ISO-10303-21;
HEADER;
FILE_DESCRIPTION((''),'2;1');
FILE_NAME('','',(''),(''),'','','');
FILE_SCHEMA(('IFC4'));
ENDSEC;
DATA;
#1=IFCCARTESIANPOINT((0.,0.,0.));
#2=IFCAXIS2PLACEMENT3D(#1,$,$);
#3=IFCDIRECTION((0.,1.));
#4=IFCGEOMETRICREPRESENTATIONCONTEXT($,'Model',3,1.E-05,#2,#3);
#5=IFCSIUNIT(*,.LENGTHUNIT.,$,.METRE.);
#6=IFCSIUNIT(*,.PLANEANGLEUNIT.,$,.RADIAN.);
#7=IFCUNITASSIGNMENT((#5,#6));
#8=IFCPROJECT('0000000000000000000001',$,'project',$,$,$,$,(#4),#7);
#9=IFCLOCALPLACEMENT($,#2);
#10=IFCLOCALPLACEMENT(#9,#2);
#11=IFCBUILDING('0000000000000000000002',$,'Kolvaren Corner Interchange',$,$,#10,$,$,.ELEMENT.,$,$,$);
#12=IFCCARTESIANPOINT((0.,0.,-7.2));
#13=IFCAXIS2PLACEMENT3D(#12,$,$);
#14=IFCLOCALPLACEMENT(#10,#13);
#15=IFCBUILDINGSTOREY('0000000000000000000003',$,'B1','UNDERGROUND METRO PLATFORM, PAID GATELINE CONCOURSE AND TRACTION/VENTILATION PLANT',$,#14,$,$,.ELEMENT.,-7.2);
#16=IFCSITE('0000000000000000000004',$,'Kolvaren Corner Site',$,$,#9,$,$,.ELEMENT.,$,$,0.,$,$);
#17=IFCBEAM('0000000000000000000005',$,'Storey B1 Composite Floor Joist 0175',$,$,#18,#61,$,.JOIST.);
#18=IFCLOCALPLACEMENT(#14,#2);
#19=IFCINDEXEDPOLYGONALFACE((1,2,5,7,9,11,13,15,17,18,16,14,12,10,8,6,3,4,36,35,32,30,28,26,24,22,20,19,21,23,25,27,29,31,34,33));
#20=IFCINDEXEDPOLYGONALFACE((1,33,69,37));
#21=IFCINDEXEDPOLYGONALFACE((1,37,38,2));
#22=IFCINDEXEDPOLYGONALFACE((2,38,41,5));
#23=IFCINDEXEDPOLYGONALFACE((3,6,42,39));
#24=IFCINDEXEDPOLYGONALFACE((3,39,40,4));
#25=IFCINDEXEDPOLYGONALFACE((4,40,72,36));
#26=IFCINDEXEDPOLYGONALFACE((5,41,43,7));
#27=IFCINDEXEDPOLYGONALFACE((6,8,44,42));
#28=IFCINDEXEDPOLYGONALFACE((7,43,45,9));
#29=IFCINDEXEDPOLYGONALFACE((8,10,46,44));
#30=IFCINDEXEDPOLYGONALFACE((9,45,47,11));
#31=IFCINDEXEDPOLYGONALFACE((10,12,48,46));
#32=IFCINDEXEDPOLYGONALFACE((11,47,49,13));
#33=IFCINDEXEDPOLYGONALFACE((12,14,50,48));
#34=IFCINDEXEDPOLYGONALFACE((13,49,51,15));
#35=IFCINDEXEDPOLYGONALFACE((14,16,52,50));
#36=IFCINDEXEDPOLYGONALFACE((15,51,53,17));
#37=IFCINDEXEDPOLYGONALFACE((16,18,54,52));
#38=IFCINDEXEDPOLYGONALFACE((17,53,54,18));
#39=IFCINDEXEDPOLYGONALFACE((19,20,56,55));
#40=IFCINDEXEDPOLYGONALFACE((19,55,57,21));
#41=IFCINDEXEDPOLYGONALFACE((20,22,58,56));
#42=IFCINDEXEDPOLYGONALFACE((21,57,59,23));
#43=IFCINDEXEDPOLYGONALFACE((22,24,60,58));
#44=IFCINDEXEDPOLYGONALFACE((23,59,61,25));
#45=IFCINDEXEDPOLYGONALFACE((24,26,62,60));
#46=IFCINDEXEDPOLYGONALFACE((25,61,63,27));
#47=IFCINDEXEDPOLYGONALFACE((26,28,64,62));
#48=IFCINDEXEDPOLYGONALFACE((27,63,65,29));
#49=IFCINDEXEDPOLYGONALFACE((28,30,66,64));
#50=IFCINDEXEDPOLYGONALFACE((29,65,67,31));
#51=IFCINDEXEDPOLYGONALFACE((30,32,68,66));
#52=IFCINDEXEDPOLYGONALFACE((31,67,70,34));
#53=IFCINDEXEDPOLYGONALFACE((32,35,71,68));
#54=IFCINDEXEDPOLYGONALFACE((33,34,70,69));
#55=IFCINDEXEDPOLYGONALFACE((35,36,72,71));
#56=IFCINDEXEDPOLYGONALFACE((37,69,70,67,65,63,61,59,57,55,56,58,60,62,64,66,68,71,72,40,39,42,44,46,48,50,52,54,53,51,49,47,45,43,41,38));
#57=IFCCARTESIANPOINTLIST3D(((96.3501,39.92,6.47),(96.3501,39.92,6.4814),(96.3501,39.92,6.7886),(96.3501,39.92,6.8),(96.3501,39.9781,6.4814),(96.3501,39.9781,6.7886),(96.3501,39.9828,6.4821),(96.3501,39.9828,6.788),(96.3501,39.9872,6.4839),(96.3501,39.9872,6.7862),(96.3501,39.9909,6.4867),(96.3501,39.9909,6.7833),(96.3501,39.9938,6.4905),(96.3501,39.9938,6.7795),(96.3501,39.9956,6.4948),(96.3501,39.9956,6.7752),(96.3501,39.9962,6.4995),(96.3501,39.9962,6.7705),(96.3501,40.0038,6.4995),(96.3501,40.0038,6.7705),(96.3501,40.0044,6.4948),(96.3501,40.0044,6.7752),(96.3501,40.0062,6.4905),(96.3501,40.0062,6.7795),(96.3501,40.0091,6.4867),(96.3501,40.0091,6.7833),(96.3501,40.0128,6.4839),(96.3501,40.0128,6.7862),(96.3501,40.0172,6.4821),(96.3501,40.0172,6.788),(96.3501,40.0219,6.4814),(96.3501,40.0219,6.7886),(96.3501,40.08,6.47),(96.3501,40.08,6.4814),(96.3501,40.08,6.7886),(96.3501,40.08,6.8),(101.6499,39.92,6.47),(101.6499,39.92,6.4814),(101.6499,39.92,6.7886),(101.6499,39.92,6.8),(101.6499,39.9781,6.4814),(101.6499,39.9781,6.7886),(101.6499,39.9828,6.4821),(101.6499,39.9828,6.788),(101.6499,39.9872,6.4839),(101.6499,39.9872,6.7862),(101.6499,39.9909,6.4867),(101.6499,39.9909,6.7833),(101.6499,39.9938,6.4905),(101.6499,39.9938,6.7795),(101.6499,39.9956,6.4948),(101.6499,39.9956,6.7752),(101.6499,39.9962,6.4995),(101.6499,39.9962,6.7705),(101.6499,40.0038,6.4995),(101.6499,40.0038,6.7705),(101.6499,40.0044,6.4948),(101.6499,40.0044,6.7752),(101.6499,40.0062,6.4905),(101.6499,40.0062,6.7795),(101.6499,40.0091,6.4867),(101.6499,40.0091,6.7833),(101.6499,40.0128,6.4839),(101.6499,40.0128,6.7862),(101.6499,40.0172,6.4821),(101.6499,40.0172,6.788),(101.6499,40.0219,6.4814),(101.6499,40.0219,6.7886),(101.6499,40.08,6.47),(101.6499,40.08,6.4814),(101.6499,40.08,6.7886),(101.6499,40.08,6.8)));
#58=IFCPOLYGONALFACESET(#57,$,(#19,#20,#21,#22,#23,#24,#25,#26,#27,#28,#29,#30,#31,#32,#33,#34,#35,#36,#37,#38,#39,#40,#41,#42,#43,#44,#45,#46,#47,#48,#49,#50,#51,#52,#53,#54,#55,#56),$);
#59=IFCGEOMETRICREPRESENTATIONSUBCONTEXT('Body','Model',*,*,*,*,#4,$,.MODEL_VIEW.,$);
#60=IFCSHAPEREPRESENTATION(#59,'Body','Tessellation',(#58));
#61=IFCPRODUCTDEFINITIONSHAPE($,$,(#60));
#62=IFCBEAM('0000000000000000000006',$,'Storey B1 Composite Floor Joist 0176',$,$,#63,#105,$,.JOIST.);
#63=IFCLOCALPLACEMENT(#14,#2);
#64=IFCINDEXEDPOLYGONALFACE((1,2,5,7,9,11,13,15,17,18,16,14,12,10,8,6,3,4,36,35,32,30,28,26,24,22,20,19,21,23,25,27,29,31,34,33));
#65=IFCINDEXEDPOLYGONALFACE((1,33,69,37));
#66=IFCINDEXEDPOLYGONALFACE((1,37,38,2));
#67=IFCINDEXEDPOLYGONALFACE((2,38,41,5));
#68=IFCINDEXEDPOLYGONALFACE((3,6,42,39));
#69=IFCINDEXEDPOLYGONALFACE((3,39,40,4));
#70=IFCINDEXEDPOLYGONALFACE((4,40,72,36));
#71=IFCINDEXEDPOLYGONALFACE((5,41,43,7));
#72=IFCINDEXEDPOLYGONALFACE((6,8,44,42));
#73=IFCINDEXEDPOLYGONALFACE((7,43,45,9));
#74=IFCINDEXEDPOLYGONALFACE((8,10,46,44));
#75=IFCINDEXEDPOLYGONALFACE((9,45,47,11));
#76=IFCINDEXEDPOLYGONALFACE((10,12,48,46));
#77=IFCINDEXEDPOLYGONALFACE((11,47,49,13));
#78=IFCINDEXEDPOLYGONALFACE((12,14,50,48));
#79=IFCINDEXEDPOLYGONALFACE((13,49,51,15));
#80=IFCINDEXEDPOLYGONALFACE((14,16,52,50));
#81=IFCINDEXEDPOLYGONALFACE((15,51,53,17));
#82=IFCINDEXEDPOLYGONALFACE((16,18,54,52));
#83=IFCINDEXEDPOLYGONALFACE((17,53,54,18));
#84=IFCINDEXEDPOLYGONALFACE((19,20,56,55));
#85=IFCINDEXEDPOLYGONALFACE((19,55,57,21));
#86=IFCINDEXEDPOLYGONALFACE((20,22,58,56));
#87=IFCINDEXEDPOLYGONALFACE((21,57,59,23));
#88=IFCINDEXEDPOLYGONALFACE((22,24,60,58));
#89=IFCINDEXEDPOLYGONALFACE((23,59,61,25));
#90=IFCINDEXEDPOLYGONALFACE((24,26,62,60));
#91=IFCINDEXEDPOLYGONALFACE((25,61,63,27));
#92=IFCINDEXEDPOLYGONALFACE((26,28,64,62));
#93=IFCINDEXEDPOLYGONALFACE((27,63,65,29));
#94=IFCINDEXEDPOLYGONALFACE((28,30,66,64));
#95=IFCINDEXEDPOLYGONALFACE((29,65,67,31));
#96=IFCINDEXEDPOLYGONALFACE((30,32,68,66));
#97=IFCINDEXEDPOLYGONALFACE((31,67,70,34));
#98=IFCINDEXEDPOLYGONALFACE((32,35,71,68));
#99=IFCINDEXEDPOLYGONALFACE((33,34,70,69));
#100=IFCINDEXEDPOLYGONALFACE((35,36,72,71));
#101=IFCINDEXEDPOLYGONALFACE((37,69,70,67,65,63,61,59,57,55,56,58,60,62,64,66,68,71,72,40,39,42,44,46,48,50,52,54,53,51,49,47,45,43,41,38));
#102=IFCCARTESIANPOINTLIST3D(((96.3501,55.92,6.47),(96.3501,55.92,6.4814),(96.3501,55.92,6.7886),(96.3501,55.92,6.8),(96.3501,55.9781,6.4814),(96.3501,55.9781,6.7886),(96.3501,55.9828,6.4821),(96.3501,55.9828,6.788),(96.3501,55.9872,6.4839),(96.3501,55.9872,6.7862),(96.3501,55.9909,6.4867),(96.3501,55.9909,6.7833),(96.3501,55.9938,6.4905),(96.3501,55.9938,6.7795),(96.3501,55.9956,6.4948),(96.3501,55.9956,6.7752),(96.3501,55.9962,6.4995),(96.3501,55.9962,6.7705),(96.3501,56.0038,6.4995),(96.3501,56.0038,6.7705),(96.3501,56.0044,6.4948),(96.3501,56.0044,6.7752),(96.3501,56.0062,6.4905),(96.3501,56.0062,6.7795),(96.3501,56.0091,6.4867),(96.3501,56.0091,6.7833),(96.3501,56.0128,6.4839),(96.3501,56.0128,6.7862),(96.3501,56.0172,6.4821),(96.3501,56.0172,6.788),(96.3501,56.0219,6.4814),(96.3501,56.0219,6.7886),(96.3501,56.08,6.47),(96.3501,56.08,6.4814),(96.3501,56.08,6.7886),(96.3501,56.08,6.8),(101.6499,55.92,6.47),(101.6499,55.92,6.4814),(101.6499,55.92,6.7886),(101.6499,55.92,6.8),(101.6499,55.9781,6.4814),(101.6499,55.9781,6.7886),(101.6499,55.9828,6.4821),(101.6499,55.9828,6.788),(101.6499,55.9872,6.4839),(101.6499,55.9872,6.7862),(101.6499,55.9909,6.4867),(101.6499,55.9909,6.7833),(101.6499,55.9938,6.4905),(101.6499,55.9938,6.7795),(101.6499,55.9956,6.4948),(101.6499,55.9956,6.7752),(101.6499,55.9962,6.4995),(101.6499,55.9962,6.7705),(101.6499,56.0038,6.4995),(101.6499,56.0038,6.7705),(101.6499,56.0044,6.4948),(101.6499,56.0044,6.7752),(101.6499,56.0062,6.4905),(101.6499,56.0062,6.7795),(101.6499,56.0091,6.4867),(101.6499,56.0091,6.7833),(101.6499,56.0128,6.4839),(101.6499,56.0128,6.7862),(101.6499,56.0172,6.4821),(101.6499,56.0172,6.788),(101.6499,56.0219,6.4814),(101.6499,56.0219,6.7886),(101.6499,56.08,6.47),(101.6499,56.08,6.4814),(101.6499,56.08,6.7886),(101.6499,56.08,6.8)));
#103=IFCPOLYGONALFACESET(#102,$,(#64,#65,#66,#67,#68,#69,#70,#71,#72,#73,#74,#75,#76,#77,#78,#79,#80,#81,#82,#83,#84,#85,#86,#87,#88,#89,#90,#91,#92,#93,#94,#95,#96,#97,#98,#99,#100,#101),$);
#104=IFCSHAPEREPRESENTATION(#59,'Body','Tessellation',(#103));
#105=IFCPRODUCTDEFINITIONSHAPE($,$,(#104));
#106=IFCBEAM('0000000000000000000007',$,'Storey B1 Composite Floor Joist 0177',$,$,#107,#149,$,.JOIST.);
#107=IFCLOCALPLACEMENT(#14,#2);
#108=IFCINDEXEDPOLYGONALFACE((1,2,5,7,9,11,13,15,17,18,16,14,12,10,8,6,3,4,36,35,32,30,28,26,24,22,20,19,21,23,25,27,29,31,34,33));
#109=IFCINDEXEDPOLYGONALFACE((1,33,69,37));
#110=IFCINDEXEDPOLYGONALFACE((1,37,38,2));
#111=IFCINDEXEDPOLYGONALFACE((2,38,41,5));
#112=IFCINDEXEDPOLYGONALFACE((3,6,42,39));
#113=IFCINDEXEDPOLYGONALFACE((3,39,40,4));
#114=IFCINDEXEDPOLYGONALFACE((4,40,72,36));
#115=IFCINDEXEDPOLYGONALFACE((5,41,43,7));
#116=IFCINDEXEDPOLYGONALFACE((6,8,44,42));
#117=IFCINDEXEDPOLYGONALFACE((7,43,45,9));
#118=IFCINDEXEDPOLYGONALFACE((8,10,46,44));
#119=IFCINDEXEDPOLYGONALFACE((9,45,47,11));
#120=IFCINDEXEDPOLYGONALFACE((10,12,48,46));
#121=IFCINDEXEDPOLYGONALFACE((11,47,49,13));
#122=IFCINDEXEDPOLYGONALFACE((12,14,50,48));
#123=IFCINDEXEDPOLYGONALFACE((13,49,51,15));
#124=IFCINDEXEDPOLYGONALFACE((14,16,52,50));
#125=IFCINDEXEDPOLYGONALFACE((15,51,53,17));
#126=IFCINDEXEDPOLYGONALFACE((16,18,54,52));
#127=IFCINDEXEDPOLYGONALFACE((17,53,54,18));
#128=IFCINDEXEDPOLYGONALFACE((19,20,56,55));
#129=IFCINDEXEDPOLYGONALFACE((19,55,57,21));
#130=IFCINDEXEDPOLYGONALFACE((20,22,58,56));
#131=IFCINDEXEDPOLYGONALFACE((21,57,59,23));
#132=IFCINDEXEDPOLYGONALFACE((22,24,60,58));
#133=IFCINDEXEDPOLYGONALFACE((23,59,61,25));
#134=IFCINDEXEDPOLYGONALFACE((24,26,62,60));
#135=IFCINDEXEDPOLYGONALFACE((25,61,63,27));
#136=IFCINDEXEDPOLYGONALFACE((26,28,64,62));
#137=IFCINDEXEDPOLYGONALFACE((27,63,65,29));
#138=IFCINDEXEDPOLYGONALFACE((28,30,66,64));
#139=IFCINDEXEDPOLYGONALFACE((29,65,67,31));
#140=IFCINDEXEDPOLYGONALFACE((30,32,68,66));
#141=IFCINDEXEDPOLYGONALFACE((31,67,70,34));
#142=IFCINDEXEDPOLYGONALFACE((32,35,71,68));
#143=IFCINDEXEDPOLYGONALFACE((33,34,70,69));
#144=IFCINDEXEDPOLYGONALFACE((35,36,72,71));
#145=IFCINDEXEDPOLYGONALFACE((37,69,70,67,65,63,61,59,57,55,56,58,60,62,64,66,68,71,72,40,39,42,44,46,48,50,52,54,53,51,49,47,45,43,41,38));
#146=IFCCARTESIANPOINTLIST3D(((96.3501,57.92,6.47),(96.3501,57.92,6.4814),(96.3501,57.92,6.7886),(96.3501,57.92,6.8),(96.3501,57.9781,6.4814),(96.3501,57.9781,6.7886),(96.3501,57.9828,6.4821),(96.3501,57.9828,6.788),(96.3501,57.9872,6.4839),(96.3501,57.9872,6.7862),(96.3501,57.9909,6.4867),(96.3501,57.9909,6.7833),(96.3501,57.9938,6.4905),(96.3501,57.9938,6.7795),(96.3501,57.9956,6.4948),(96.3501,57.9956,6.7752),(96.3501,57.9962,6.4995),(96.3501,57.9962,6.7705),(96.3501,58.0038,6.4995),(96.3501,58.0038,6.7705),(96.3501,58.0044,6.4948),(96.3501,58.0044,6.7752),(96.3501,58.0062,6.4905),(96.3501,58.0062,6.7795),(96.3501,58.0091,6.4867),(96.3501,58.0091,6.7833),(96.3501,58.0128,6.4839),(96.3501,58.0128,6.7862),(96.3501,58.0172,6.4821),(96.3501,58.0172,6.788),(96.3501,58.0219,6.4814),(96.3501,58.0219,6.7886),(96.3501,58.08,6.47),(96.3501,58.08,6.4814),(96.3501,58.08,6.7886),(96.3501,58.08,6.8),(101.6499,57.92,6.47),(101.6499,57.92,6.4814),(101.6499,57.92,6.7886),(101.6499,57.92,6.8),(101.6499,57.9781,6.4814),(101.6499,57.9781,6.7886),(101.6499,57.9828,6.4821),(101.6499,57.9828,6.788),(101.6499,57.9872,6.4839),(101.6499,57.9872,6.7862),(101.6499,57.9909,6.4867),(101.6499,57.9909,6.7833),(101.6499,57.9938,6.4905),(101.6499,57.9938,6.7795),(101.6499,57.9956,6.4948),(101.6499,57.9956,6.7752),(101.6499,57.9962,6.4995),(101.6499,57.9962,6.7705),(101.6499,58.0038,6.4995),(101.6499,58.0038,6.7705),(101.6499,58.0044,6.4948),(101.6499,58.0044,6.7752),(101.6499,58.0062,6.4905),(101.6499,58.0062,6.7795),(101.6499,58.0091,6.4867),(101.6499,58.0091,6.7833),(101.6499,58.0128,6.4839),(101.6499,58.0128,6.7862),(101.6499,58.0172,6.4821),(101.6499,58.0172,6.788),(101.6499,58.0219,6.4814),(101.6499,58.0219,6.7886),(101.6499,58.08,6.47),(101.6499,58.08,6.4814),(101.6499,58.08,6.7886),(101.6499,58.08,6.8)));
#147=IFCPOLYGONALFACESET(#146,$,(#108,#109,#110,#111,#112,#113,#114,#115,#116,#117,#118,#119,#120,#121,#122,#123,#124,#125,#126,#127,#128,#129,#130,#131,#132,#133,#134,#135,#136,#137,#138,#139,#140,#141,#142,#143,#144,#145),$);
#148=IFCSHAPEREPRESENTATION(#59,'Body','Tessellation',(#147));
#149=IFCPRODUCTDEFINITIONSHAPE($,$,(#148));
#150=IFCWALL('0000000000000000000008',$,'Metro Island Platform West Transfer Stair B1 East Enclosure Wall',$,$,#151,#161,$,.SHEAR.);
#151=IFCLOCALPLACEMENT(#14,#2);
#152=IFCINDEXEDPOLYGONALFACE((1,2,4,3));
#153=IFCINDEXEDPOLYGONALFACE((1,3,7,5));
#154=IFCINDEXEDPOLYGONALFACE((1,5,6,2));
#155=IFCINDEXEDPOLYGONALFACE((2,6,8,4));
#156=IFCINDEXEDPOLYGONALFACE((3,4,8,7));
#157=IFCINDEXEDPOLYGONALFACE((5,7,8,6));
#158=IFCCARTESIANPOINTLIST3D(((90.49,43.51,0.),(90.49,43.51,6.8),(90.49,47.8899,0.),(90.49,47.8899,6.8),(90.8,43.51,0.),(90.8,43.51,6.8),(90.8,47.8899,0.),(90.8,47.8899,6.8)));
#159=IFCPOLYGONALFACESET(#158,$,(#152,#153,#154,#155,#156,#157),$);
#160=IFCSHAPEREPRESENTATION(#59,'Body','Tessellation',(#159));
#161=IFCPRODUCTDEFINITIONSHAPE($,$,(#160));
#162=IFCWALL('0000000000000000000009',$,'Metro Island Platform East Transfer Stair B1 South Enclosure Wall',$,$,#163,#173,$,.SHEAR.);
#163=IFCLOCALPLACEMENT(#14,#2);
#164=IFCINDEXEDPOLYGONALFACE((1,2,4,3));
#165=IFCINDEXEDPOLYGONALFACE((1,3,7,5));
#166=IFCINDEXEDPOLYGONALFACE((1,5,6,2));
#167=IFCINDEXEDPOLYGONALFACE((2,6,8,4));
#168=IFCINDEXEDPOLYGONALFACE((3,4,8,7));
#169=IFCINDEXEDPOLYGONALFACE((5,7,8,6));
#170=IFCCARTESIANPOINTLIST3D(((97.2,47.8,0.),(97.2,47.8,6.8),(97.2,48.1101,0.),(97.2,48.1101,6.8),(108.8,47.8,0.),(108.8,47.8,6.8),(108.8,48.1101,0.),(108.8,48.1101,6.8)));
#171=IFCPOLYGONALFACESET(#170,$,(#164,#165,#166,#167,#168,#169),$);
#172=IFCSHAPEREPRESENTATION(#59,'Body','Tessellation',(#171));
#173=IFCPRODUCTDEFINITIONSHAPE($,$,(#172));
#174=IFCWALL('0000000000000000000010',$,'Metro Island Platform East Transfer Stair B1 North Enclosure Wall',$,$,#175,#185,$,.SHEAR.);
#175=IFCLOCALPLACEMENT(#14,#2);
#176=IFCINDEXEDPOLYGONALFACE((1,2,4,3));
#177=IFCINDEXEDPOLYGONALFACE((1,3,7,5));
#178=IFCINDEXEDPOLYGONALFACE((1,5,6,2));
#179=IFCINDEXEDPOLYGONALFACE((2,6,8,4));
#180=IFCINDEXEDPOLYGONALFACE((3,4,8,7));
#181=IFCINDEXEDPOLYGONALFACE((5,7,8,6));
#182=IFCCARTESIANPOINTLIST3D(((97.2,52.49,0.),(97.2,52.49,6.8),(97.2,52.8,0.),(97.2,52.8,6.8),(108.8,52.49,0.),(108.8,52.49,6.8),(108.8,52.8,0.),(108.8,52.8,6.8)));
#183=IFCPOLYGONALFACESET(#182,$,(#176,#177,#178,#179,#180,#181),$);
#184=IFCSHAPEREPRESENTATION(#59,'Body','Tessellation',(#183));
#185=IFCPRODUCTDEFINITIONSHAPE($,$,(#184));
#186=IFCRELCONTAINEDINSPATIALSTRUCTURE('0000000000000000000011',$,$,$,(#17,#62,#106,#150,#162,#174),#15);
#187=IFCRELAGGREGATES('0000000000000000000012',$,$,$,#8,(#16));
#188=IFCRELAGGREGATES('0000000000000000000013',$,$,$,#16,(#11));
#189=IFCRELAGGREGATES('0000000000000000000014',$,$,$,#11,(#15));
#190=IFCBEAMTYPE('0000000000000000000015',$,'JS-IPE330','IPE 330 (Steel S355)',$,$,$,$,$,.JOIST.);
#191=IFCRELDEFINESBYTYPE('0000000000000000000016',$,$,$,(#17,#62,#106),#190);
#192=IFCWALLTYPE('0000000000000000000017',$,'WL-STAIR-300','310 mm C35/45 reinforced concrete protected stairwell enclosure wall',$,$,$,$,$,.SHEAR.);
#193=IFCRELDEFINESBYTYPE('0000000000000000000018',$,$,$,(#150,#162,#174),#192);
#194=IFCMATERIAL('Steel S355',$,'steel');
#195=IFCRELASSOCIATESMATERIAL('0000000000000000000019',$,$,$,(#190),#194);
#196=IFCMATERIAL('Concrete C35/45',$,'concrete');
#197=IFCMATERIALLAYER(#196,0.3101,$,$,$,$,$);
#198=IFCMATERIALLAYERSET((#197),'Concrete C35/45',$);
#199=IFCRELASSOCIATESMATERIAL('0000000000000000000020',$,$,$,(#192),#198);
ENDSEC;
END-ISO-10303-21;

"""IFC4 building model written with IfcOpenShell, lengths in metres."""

from ifc_helpers import new_model, si_unit, direction, frame, frame_2d, origin, origin_2d, place, context, subcontext, project, spatial, rectangle, i_section, extrude, material, layer, layer_set, material_profile, profile_set, type_object, element, save


model = new_model("IFC4")

# Units and contexts
model_context = context("Model", 3, precision=1e-05, world=origin(), true_north=direction((0.0, 1.0)))
body_context = subcontext(model_context, "Body", "Model", "MODEL_VIEW")
ifc_project = project(units=[si_unit("LENGTHUNIT", "METRE"), si_unit("PLANEANGLEUNIT", "RADIAN")], contexts=[model_context])

# Site, building, storey
site_placement = place(None, origin())
site = spatial("IfcSite", under=ifc_project, at=site_placement, Name="Kolvaren Corner Site", CompositionType="ELEMENT", RefElevation=0.0)
building_placement = place(site_placement, origin())
building = spatial("IfcBuilding", under=site, at=building_placement, Name="Kolvaren Corner Interchange", CompositionType="ELEMENT")
storey_placement = place(building_placement, frame((0.0, 0.0, -7.2)))
storey = spatial("IfcBuildingStorey", under=building, at=storey_placement, Name="B1", Description="UNDERGROUND METRO PLATFORM, PAID GATELINE CONCOURSE AND TRACTION/VENTILATION PLANT", CompositionType="ELEMENT", Elevation=-7.2)

# Beams
ifc_material_1 = material(Name="Steel S355", Category="steel")
ifc_material_profile_1 = material_profile(ifc_material_1, i_section(OverallWidth=0.1599, OverallDepth=0.3301, WebThickness=0.0076, FlangeThickness=0.0115, FilletRadius=0.0181, at=origin_2d()), Name="IPE 330")
ifc_profile_set_1 = profile_set([ifc_material_profile_1], Name="Steel S355")
beam_type_1 = type_object("IfcBeamType", Name="JS-IPE330", Description="IPE 330 (Steel S355)", PredefinedType="JOIST", material=ifc_profile_set_1)
for number, where, z_axis, x_axis, name in (
    (1, (96.3501, 40.0, 6.635), (1.0, 0.0, 0.0), (0.0, 1.0, 0.0), "Storey B1 Composite Floor Joist 0175"),
    (2, (96.3501, 56.0, 6.635), (1.0, 0.0, 0.0), (0.0, 1.0, 0.0), "Storey B1 Composite Floor Joist 0176"),
    (3, (96.3501, 58.0, 6.635), (1.0, 0.0, 0.0), (0.0, 1.0, 0.0), "Storey B1 Composite Floor Joist 0177"),
):
    element("IfcBeam", number, at=place(storey_placement, frame(where, z_axis=z_axis, x_axis=x_axis)), inside=storey, type_object=beam_type_1, Name=name, PredefinedType="JOIST", context=body_context, shape_type="SweptSolid", body=[
        extrude(i_section(OverallWidth=0.1599, OverallDepth=0.3301, WebThickness=0.0076, FlangeThickness=0.0115, FilletRadius=0.0181, at=origin_2d()), origin(), (0.0, 0.0, 1.0), 5.2998),
    ])

# Walls
ifc_material_2 = material(Name="Concrete C35/45", Category="concrete")
ifc_layer = layer(ifc_material_2, 0.3101)
ifc_layer_set = layer_set([ifc_layer], Name="Concrete C35/45")
wall_type = type_object("IfcWallType", Name="WL-STAIR-300", Description="310 mm C35/45 reinforced concrete protected stairwell enclosure wall", PredefinedType="SHEAR", material=ifc_layer_set)
wall_1_placement = place(storey_placement, frame((90.645, 43.51, 0.0), z_axis=(0.0, 0.0, 1.0), x_axis=(0.0, 1.0, 0.0)))
element("IfcWall", 4, at=wall_1_placement, inside=storey, type_object=wall_type, Name="Metro Island Platform West Transfer Stair B1 East Enclosure Wall", PredefinedType="SHEAR", context=body_context, shape_type="SweptSolid", body=[
    extrude(rectangle(XDim=4.3799, YDim=0.3101, at=frame_2d((2.1899, 0.0))), origin(), (0.0, 0.0, 1.0), 6.8),
])
for number, where, z_axis, x_axis, name in (
    (5, (97.2, 47.9551, 0.0), (0.0, 0.0, 1.0), (1.0, 0.0, 0.0), "Metro Island Platform East Transfer Stair B1 South Enclosure Wall"),
    (6, (97.2, 52.645, 0.0), (0.0, 0.0, 1.0), (1.0, 0.0, 0.0), "Metro Island Platform East Transfer Stair B1 North Enclosure Wall"),
):
    element("IfcWall", number, at=place(storey_placement, frame(where, z_axis=z_axis, x_axis=x_axis)), inside=storey, type_object=wall_type, Name=name, PredefinedType="SHEAR", context=body_context, shape_type="SweptSolid", body=[
        extrude(rectangle(XDim=11.6001, YDim=0.3101, at=frame_2d((5.8, 0.0))), origin(), (0.0, 0.0, 1.0), 6.8),
    ])

save(model, "model.ifc")
